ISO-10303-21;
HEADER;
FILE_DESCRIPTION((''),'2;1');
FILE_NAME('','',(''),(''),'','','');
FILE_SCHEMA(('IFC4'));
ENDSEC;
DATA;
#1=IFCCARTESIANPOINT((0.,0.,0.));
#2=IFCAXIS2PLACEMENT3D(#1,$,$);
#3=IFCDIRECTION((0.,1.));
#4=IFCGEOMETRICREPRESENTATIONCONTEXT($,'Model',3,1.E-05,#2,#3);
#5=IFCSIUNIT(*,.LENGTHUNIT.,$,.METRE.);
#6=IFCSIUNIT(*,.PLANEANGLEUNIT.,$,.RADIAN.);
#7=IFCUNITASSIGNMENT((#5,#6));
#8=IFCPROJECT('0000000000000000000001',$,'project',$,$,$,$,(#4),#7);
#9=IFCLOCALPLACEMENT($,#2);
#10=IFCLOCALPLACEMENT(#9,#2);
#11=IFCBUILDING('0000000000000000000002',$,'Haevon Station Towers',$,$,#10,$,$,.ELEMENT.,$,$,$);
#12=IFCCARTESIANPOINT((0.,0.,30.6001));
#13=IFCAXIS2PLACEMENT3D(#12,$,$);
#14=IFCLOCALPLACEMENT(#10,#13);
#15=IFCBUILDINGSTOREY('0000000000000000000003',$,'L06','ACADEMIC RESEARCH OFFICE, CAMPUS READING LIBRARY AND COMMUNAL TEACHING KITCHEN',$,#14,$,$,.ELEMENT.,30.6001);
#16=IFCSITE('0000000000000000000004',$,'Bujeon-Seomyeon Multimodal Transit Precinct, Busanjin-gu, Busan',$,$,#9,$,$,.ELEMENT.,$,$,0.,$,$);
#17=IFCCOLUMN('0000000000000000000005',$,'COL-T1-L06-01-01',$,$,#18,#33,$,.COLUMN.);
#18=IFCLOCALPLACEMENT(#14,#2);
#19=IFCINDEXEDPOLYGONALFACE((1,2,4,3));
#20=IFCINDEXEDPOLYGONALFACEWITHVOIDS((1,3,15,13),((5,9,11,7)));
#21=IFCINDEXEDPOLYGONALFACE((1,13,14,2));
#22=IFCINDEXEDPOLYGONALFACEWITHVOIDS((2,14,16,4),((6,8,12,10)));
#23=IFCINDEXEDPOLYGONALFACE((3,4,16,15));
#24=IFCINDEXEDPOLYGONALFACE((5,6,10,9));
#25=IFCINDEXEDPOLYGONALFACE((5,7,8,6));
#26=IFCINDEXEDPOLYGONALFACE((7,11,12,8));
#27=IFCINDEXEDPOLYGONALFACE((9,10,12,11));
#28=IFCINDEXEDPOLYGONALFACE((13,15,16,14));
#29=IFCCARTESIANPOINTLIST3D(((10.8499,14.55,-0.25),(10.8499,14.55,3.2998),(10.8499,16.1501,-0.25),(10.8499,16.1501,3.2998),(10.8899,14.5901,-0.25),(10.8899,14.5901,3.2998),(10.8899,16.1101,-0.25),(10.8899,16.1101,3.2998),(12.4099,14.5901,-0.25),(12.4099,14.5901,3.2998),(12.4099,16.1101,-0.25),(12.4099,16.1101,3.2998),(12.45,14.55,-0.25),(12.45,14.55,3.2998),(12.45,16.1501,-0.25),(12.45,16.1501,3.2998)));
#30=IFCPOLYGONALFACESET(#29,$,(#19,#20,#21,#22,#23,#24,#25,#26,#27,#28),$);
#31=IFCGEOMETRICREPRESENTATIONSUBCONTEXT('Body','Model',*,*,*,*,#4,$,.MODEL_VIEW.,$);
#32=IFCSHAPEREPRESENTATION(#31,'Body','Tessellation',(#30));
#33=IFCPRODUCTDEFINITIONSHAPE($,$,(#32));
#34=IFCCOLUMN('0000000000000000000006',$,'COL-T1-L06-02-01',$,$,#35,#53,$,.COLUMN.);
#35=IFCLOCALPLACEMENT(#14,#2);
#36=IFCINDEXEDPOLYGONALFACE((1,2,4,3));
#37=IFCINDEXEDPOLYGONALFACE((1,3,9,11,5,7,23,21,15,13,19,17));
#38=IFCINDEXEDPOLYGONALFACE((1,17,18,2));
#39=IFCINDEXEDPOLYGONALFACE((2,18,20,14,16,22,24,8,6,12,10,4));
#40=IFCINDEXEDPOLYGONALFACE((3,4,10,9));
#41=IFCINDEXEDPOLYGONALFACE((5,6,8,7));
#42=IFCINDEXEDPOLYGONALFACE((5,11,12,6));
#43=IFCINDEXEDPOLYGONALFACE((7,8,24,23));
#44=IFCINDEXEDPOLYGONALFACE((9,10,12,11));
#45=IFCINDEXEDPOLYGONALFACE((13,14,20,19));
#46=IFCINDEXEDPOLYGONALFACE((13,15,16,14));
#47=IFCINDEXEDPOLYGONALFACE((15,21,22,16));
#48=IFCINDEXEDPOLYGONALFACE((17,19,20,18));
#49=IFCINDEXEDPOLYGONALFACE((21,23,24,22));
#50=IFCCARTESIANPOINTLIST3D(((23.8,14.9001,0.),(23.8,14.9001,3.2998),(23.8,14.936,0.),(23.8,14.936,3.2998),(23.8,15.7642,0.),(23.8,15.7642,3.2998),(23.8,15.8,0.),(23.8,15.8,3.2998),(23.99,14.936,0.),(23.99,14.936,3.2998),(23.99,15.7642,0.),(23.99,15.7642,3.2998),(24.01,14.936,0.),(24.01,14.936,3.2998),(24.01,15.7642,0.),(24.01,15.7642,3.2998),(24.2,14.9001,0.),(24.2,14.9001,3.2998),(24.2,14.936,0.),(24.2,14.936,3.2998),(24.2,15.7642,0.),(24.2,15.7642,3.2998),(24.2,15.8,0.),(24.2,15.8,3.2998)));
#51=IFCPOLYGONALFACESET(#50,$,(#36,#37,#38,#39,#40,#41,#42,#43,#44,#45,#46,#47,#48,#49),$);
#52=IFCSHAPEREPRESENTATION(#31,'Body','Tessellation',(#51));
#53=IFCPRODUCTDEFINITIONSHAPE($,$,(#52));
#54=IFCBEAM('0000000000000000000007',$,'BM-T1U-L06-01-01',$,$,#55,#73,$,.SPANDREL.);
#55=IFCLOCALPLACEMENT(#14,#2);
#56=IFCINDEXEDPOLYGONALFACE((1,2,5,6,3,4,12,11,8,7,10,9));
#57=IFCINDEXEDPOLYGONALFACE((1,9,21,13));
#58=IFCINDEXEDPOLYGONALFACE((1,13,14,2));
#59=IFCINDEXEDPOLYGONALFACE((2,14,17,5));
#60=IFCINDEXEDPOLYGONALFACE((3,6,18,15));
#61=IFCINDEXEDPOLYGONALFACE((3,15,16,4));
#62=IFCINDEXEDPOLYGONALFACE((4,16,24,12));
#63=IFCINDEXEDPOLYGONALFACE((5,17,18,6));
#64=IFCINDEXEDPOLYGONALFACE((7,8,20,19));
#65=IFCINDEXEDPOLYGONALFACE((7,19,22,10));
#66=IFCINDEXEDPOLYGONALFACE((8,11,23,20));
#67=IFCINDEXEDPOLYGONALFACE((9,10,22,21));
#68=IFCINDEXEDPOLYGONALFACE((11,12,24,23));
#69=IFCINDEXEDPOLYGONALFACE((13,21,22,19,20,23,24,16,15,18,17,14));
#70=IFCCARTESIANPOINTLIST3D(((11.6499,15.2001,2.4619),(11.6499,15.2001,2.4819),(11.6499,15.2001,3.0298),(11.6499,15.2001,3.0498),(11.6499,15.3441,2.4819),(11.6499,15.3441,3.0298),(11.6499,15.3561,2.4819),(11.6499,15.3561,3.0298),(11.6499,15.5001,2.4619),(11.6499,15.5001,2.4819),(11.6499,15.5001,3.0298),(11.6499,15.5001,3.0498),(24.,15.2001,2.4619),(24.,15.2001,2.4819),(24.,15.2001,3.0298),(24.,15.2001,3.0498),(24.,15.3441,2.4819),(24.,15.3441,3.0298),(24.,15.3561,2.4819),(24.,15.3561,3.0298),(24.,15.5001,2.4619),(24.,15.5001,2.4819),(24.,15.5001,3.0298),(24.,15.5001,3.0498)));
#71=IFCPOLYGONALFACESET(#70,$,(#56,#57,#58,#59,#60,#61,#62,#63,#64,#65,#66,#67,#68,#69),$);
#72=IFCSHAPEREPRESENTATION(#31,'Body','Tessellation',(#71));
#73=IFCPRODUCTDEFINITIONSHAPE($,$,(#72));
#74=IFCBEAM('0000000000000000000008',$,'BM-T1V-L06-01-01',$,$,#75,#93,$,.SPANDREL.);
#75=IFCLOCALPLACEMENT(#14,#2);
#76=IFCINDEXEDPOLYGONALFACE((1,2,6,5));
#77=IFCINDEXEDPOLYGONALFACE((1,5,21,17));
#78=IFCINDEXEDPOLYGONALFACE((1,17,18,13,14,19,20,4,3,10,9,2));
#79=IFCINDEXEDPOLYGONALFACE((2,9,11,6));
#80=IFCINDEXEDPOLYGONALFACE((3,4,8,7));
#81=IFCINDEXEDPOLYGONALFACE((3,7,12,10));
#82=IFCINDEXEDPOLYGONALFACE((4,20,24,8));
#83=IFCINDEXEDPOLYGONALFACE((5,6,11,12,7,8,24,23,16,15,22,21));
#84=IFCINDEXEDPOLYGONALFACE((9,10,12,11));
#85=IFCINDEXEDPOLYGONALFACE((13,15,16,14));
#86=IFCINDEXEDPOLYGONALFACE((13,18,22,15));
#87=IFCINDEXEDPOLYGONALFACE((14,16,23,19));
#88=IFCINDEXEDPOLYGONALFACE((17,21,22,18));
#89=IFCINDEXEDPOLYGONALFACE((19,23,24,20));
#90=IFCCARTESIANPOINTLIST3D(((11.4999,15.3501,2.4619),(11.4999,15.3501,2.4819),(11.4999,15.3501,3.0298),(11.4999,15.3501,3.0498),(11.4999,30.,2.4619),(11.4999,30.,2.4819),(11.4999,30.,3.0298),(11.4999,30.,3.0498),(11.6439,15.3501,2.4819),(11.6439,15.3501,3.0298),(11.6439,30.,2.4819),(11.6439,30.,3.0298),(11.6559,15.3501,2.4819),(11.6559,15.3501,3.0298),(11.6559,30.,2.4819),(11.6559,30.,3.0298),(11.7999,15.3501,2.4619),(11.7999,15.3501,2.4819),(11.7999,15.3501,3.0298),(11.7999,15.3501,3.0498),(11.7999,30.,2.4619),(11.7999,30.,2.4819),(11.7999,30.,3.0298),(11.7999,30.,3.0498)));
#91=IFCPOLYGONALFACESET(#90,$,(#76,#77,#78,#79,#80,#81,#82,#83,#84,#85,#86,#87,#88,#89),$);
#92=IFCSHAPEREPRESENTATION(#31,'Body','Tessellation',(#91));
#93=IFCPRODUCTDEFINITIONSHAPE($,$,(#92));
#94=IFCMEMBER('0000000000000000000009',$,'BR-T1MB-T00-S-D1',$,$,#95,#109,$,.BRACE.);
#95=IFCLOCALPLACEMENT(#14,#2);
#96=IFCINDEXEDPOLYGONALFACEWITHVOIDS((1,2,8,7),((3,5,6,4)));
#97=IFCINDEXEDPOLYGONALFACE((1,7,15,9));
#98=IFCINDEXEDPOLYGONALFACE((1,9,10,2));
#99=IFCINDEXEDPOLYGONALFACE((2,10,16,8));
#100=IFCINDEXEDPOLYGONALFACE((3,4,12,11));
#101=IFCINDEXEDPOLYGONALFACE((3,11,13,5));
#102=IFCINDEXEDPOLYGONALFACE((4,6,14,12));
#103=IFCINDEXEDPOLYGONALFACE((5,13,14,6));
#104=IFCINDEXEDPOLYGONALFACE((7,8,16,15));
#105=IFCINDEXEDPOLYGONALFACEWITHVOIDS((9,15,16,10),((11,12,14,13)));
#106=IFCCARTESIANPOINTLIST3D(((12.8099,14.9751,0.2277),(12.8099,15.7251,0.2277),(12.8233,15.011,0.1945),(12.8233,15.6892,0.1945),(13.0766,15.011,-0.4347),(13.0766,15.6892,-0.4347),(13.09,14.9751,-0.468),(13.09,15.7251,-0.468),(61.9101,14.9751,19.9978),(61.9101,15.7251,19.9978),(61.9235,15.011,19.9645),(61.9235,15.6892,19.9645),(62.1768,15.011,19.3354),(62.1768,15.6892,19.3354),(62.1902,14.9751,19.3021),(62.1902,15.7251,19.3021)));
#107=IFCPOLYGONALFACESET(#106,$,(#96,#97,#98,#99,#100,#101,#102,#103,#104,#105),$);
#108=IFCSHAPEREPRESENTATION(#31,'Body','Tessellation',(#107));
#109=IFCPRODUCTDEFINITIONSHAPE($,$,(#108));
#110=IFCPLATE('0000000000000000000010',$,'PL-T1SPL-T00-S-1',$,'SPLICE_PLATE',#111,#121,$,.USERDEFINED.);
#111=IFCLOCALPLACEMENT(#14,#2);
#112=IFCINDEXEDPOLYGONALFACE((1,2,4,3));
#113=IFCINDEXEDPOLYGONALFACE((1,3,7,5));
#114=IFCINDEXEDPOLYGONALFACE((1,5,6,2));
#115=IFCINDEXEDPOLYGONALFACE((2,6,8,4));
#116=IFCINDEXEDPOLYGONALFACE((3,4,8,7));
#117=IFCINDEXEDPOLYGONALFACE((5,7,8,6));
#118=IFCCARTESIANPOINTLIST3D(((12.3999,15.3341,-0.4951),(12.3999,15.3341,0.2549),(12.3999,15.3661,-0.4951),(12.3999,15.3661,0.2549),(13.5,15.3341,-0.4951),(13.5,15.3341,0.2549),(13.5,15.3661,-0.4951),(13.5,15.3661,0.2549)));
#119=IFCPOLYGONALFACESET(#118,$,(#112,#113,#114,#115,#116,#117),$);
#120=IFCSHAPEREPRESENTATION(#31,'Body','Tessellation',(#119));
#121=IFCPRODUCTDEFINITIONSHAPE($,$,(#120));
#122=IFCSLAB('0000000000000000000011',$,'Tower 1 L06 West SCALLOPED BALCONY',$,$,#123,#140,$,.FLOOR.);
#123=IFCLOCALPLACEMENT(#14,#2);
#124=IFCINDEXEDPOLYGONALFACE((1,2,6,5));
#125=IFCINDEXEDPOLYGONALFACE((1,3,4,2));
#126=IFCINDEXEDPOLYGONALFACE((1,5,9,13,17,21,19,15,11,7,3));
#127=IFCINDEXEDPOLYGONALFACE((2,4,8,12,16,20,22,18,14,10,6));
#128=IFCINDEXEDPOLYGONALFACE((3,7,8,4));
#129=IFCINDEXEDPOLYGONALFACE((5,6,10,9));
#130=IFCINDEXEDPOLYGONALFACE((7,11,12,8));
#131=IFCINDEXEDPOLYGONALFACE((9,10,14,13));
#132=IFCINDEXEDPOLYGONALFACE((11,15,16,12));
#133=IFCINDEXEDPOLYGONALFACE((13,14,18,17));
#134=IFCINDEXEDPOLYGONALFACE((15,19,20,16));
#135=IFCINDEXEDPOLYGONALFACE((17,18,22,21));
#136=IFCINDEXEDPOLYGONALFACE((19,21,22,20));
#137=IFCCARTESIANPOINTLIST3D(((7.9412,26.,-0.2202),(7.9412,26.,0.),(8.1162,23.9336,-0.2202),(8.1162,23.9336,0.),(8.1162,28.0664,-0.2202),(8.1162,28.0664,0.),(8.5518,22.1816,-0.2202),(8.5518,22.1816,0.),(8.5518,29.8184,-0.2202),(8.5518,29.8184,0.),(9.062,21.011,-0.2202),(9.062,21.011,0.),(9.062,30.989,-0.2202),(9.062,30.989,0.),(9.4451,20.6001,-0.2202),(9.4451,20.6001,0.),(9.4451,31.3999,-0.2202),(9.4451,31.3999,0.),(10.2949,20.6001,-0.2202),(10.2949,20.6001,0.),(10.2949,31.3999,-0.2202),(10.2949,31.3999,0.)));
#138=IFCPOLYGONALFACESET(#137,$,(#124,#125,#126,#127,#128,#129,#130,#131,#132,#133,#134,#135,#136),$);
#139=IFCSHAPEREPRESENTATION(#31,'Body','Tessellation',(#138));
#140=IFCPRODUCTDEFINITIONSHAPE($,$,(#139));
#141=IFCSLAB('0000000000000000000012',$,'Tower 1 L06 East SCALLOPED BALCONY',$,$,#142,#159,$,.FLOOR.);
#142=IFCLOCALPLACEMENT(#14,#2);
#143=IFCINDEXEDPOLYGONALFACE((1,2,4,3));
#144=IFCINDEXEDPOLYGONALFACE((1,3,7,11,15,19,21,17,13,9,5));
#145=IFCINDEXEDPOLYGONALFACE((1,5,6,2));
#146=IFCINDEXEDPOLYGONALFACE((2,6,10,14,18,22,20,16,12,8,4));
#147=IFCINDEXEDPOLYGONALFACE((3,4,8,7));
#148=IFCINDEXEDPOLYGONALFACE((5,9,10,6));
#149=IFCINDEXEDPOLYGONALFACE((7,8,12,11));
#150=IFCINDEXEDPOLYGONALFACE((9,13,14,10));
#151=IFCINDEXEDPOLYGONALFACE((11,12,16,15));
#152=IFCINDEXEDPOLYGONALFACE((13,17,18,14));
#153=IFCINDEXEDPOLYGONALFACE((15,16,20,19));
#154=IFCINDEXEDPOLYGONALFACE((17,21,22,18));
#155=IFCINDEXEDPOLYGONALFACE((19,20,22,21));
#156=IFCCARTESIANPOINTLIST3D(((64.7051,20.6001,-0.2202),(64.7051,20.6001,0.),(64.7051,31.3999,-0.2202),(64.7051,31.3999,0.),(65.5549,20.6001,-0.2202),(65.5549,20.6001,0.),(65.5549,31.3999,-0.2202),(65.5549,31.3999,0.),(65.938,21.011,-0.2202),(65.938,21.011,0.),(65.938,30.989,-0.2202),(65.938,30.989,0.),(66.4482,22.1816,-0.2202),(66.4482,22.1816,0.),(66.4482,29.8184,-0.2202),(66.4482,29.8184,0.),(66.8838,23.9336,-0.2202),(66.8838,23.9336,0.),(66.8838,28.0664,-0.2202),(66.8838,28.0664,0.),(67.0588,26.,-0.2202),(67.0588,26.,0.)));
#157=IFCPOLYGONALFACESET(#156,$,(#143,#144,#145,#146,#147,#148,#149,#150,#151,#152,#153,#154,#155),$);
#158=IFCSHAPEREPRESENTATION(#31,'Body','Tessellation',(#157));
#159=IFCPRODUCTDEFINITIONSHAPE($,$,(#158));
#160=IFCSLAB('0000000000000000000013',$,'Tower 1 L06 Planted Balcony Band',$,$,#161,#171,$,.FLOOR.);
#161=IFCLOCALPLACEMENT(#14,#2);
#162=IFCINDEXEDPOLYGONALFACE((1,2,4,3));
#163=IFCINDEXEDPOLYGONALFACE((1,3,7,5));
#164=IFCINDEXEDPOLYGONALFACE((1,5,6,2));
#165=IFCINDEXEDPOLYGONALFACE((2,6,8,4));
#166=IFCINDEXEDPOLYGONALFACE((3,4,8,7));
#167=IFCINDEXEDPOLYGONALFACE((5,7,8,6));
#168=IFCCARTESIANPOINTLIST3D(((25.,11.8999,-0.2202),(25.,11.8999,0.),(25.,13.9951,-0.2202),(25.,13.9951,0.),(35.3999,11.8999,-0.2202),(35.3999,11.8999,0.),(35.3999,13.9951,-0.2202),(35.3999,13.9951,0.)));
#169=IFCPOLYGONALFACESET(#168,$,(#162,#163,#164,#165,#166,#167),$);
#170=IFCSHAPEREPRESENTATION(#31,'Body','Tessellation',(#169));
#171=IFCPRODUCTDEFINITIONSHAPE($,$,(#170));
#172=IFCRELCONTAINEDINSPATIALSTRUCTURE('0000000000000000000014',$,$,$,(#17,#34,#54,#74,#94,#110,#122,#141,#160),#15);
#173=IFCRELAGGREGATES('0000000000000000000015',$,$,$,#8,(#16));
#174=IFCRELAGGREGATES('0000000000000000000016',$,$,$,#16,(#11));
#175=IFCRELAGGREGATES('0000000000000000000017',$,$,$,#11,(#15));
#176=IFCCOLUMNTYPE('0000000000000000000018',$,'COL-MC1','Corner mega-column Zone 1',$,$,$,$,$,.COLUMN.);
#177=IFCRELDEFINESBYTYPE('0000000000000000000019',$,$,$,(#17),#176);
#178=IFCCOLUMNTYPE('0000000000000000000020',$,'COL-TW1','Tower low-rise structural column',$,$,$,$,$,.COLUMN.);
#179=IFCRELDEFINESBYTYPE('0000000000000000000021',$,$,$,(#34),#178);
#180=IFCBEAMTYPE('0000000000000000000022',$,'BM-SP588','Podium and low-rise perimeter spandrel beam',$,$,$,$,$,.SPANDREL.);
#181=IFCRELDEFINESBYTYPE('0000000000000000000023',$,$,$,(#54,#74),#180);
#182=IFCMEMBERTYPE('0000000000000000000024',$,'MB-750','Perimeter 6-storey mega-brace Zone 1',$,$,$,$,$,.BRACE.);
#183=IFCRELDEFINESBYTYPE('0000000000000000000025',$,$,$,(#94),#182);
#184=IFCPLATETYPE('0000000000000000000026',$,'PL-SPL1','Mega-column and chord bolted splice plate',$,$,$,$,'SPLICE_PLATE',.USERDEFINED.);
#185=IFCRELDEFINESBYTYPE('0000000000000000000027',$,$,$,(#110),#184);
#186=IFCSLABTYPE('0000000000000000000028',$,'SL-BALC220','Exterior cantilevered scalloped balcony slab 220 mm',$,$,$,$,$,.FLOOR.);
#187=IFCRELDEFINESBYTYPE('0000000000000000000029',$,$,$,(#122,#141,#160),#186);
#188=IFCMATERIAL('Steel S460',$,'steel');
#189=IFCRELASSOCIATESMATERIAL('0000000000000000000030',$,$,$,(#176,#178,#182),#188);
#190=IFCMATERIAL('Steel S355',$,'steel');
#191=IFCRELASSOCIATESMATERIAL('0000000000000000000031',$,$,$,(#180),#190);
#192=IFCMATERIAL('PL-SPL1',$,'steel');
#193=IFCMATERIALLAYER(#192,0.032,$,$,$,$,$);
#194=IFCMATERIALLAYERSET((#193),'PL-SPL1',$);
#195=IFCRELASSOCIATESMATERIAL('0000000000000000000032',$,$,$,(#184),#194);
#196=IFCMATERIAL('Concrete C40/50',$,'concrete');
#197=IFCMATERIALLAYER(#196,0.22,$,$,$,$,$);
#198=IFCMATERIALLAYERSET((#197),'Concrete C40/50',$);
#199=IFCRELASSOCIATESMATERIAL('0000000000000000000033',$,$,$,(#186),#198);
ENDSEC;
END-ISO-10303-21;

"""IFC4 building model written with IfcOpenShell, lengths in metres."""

from ifc_helpers import new_model, si_unit, direction, frame, origin, origin_2d, place, context, subcontext, project, spatial, polyline, rectangle, hollow_rectangle, i_section, outline, extrude, material, layer, layer_set, material_profile, profile_set, type_object, element, save


model = new_model("IFC4")

# Units and contexts
model_context = context("Model", 3, precision=1e-05, world=origin(), true_north=direction((0.0, 1.0)))
body_context = subcontext(model_context, "Body", "Model", "MODEL_VIEW")
ifc_project = project(units=[si_unit("LENGTHUNIT", "METRE"), si_unit("PLANEANGLEUNIT", "RADIAN")], contexts=[model_context])

# Site, building, storey
site_placement = place(None, origin())
site = spatial("IfcSite", under=ifc_project, at=site_placement, Name="Bujeon-Seomyeon Multimodal Transit Precinct, Busanjin-gu, Busan", CompositionType="ELEMENT", RefElevation=0.0)
building_placement = place(site_placement, origin())
building = spatial("IfcBuilding", under=site, at=building_placement, Name="Haevon Station Towers", CompositionType="ELEMENT")
storey_placement = place(building_placement, frame((0.0, 0.0, 30.6001)))
storey = spatial("IfcBuildingStorey", under=building, at=storey_placement, Name="L06", Description="ACADEMIC RESEARCH OFFICE, CAMPUS READING LIBRARY AND COMMUNAL TEACHING KITCHEN", CompositionType="ELEMENT", Elevation=30.6001)

# Columns
ifc_material_1 = material(Name="Steel S460", Category="steel")
ifc_material_profile_1 = material_profile(ifc_material_1, hollow_rectangle(XDim=1.6001, YDim=1.6001, WallThickness=0.04, at=origin_2d()), Name="BOX-1600x1600x40")
ifc_profile_set_1 = profile_set([ifc_material_profile_1], Name="Steel S460")
column_type_1 = type_object("IfcColumnType", Name="COL-MC1", Description="Corner mega-column Zone 1", PredefinedType="COLUMN", material=ifc_profile_set_1)
column_1_placement = place(storey_placement, frame((11.6499, 15.3501, -0.25), z_axis=(0.0, 0.0, 1.0), x_axis=(1.0, 0.0, 0.0)))
element("IfcColumn", 1, at=column_1_placement, inside=storey, type_object=column_type_1, Name="COL-T1-L06-01-01", PredefinedType="COLUMN", context=body_context, shape_type="SweptSolid", body=[
    extrude(hollow_rectangle(XDim=1.6001, YDim=1.6001, WallThickness=0.04, at=origin_2d()), origin(), (0.0, 0.0, 1.0), 3.5498),
])
ifc_material_profile_2 = material_profile(ifc_material_1, i_section(OverallWidth=0.3999, OverallDepth=0.8999, WebThickness=0.02, FlangeThickness=0.0359, at=origin_2d()), Name="H-900x400x20x36")
ifc_profile_set_2 = profile_set([ifc_material_profile_2], Name="Steel S460")
column_type_2 = type_object("IfcColumnType", Name="COL-TW1", Description="Tower low-rise structural column", PredefinedType="COLUMN", material=ifc_profile_set_2)
column_2_placement = place(storey_placement, frame((24.0, 15.3501, 0.0), z_axis=(0.0, 0.0, 1.0), x_axis=(1.0, 0.0, 0.0)))
element("IfcColumn", 2, at=column_2_placement, inside=storey, type_object=column_type_2, Name="COL-T1-L06-02-01", PredefinedType="COLUMN", context=body_context, shape_type="SweptSolid", body=[
    extrude(i_section(OverallWidth=0.3999, OverallDepth=0.8999, WebThickness=0.02, FlangeThickness=0.0359, at=origin_2d()), origin(), (0.0, 0.0, 1.0), 3.2998),
])

# Beams
ifc_material_2 = material(Name="Steel S355", Category="steel")
ifc_material_profile_3 = material_profile(ifc_material_2, i_section(OverallWidth=0.3, OverallDepth=0.5879, WebThickness=0.012, FlangeThickness=0.02, at=origin_2d()), Name="H-588x300x12x20")
ifc_profile_set_3 = profile_set([ifc_material_profile_3], Name="Steel S355")
beam_type = type_object("IfcBeamType", Name="BM-SP588", Description="Podium and low-rise perimeter spandrel beam", PredefinedType="SPANDREL", material=ifc_profile_set_3)
beam_1_placement = place(storey_placement, frame((11.6499, 15.3501, 2.7559), z_axis=(1.0, 0.0, 0.0), x_axis=(0.0, 1.0, 0.0)))
element("IfcBeam", 3, at=beam_1_placement, inside=storey, type_object=beam_type, Name="BM-T1U-L06-01-01", PredefinedType="SPANDREL", context=body_context, shape_type="SweptSolid", body=[
    extrude(i_section(OverallWidth=0.3, OverallDepth=0.5879, WebThickness=0.012, FlangeThickness=0.02, at=origin_2d()), origin(), (0.0, 0.0, 1.0), 12.3501),
])
beam_2_placement = place(storey_placement, frame((11.6499, 15.3501, 2.7559), z_axis=(0.0, 1.0, 0.0), x_axis=(-1.0, 0.0, 0.0)))
element("IfcBeam", 4, at=beam_2_placement, inside=storey, type_object=beam_type, Name="BM-T1V-L06-01-01", PredefinedType="SPANDREL", context=body_context, shape_type="SweptSolid", body=[
    extrude(i_section(OverallWidth=0.3, OverallDepth=0.5879, WebThickness=0.012, FlangeThickness=0.02, at=origin_2d()), origin(), (0.0, 0.0, 1.0), 14.6499),
])

# Member
ifc_material_profile_4 = material_profile(ifc_material_1, hollow_rectangle(XDim=0.75, YDim=0.75, WallThickness=0.0359, at=origin_2d()), Name="RHS-750x750x36")
ifc_profile_set_4 = profile_set([ifc_material_profile_4], Name="Steel S460")
member_type = type_object("IfcMemberType", Name="MB-750", Description="Perimeter 6-storey mega-brace Zone 1", PredefinedType="BRACE", material=ifc_profile_set_4)
member_placement = place(storey_placement, frame((12.95, 15.3501, -0.1201), z_axis=(0.927627, 0.0, 0.373507), x_axis=(0.0, 1.0, 0.0)))
element("IfcMember", 5, at=member_placement, inside=storey, type_object=member_type, Name="BR-T1MB-T00-S-D1", PredefinedType="BRACE", context=body_context, shape_type="SweptSolid", body=[
    extrude(hollow_rectangle(XDim=0.75, YDim=0.75, WallThickness=0.0359, at=origin_2d()), origin(), (0.0, 0.0, 1.0), 52.9309),
])

# Plate
ifc_material_3 = material(Name="PL-SPL1", Category="steel")
ifc_layer_1 = layer(ifc_material_3, 0.032)
ifc_layer_set_1 = layer_set([ifc_layer_1], Name="PL-SPL1")
plate_type = type_object("IfcPlateType", Name="PL-SPL1", Description="Mega-column and chord bolted splice plate", ElementType="SPLICE_PLATE", PredefinedType="USERDEFINED", material=ifc_layer_set_1)
plate_placement = place(storey_placement, frame((12.95, 15.3501, -0.4951), z_axis=(0.0, 0.0, 1.0), x_axis=(1.0, 0.0, 0.0)))
element("IfcPlate", 6, at=plate_placement, inside=storey, type_object=plate_type, Name="PL-T1SPL-T00-S-1", ObjectType="SPLICE_PLATE", PredefinedType="USERDEFINED", context=body_context, shape_type="SweptSolid", body=[
    extrude(rectangle(XDim=1.1001, YDim=0.032, at=origin_2d()), origin(), (0.0, 0.0, 1.0), 0.75),
])

# Slabs
ifc_material_4 = material(Name="Concrete C40/50", Category="concrete")
ifc_layer_2 = layer(ifc_material_4, 0.22)
ifc_layer_set_2 = layer_set([ifc_layer_2], Name="Concrete C40/50")
slab_type_1 = type_object("IfcSlabType", Name="SL-BALC220", Description="Exterior cantilevered scalloped balcony slab 220 mm", PredefinedType="FLOOR", material=ifc_layer_set_2)
slab_1_placement = place(storey_placement, frame((0.0, 0.0, -0.2202)))
element("IfcSlab", 7, at=slab_1_placement, inside=storey, type_object=slab_type_1, Name="Tower 1 L06 West SCALLOPED BALCONY", PredefinedType="FLOOR", context=body_context, shape_type="SweptSolid", body=[
    extrude(outline(polyline([(10.2949, 31.3999), (9.4451, 31.3999), (9.062, 30.989), (8.5518, 29.8184), (8.1162, 28.0664), (7.9412, 26.0), (8.1162, 23.9336), (8.5518, 22.1816), (9.062, 21.011), (9.4451, 20.6001), (10.2949, 20.6001), (10.2949, 31.3999)])), origin(), (0.0, 0.0, 1.0), 0.2202),
])
slab_2_placement = place(storey_placement, frame((0.0, 0.0, -0.2202)))
element("IfcSlab", 8, at=slab_2_placement, inside=storey, type_object=slab_type_1, Name="Tower 1 L06 East SCALLOPED BALCONY", PredefinedType="FLOOR", context=body_context, shape_type="SweptSolid", body=[
    extrude(outline(polyline([(64.7051, 20.6001), (65.5549, 20.6001), (65.938, 21.011), (66.4482, 22.1816), (66.8838, 23.9336), (67.0588, 26.0), (66.8838, 28.0664), (66.4482, 29.8184), (65.938, 30.989), (65.5549, 31.3999), (64.7051, 31.3999), (64.7051, 20.6001)])), origin(), (0.0, 0.0, 1.0), 0.2202),
])
slab_3_placement = place(storey_placement, frame((0.0, 0.0, -0.2202)))
element("IfcSlab", 9, at=slab_3_placement, inside=storey, type_object=slab_type_1, Name="Tower 1 L06 Planted Balcony Band", PredefinedType="FLOOR", context=body_context, shape_type="SweptSolid", body=[
    extrude(outline(polyline([(25.0, 11.8999), (35.3999, 11.8999), (35.3999, 13.9951), (25.0, 13.9951), (25.0, 11.8999)])), origin(), (0.0, 0.0, 1.0), 0.2202),
])

save(model, "model.ifc")
